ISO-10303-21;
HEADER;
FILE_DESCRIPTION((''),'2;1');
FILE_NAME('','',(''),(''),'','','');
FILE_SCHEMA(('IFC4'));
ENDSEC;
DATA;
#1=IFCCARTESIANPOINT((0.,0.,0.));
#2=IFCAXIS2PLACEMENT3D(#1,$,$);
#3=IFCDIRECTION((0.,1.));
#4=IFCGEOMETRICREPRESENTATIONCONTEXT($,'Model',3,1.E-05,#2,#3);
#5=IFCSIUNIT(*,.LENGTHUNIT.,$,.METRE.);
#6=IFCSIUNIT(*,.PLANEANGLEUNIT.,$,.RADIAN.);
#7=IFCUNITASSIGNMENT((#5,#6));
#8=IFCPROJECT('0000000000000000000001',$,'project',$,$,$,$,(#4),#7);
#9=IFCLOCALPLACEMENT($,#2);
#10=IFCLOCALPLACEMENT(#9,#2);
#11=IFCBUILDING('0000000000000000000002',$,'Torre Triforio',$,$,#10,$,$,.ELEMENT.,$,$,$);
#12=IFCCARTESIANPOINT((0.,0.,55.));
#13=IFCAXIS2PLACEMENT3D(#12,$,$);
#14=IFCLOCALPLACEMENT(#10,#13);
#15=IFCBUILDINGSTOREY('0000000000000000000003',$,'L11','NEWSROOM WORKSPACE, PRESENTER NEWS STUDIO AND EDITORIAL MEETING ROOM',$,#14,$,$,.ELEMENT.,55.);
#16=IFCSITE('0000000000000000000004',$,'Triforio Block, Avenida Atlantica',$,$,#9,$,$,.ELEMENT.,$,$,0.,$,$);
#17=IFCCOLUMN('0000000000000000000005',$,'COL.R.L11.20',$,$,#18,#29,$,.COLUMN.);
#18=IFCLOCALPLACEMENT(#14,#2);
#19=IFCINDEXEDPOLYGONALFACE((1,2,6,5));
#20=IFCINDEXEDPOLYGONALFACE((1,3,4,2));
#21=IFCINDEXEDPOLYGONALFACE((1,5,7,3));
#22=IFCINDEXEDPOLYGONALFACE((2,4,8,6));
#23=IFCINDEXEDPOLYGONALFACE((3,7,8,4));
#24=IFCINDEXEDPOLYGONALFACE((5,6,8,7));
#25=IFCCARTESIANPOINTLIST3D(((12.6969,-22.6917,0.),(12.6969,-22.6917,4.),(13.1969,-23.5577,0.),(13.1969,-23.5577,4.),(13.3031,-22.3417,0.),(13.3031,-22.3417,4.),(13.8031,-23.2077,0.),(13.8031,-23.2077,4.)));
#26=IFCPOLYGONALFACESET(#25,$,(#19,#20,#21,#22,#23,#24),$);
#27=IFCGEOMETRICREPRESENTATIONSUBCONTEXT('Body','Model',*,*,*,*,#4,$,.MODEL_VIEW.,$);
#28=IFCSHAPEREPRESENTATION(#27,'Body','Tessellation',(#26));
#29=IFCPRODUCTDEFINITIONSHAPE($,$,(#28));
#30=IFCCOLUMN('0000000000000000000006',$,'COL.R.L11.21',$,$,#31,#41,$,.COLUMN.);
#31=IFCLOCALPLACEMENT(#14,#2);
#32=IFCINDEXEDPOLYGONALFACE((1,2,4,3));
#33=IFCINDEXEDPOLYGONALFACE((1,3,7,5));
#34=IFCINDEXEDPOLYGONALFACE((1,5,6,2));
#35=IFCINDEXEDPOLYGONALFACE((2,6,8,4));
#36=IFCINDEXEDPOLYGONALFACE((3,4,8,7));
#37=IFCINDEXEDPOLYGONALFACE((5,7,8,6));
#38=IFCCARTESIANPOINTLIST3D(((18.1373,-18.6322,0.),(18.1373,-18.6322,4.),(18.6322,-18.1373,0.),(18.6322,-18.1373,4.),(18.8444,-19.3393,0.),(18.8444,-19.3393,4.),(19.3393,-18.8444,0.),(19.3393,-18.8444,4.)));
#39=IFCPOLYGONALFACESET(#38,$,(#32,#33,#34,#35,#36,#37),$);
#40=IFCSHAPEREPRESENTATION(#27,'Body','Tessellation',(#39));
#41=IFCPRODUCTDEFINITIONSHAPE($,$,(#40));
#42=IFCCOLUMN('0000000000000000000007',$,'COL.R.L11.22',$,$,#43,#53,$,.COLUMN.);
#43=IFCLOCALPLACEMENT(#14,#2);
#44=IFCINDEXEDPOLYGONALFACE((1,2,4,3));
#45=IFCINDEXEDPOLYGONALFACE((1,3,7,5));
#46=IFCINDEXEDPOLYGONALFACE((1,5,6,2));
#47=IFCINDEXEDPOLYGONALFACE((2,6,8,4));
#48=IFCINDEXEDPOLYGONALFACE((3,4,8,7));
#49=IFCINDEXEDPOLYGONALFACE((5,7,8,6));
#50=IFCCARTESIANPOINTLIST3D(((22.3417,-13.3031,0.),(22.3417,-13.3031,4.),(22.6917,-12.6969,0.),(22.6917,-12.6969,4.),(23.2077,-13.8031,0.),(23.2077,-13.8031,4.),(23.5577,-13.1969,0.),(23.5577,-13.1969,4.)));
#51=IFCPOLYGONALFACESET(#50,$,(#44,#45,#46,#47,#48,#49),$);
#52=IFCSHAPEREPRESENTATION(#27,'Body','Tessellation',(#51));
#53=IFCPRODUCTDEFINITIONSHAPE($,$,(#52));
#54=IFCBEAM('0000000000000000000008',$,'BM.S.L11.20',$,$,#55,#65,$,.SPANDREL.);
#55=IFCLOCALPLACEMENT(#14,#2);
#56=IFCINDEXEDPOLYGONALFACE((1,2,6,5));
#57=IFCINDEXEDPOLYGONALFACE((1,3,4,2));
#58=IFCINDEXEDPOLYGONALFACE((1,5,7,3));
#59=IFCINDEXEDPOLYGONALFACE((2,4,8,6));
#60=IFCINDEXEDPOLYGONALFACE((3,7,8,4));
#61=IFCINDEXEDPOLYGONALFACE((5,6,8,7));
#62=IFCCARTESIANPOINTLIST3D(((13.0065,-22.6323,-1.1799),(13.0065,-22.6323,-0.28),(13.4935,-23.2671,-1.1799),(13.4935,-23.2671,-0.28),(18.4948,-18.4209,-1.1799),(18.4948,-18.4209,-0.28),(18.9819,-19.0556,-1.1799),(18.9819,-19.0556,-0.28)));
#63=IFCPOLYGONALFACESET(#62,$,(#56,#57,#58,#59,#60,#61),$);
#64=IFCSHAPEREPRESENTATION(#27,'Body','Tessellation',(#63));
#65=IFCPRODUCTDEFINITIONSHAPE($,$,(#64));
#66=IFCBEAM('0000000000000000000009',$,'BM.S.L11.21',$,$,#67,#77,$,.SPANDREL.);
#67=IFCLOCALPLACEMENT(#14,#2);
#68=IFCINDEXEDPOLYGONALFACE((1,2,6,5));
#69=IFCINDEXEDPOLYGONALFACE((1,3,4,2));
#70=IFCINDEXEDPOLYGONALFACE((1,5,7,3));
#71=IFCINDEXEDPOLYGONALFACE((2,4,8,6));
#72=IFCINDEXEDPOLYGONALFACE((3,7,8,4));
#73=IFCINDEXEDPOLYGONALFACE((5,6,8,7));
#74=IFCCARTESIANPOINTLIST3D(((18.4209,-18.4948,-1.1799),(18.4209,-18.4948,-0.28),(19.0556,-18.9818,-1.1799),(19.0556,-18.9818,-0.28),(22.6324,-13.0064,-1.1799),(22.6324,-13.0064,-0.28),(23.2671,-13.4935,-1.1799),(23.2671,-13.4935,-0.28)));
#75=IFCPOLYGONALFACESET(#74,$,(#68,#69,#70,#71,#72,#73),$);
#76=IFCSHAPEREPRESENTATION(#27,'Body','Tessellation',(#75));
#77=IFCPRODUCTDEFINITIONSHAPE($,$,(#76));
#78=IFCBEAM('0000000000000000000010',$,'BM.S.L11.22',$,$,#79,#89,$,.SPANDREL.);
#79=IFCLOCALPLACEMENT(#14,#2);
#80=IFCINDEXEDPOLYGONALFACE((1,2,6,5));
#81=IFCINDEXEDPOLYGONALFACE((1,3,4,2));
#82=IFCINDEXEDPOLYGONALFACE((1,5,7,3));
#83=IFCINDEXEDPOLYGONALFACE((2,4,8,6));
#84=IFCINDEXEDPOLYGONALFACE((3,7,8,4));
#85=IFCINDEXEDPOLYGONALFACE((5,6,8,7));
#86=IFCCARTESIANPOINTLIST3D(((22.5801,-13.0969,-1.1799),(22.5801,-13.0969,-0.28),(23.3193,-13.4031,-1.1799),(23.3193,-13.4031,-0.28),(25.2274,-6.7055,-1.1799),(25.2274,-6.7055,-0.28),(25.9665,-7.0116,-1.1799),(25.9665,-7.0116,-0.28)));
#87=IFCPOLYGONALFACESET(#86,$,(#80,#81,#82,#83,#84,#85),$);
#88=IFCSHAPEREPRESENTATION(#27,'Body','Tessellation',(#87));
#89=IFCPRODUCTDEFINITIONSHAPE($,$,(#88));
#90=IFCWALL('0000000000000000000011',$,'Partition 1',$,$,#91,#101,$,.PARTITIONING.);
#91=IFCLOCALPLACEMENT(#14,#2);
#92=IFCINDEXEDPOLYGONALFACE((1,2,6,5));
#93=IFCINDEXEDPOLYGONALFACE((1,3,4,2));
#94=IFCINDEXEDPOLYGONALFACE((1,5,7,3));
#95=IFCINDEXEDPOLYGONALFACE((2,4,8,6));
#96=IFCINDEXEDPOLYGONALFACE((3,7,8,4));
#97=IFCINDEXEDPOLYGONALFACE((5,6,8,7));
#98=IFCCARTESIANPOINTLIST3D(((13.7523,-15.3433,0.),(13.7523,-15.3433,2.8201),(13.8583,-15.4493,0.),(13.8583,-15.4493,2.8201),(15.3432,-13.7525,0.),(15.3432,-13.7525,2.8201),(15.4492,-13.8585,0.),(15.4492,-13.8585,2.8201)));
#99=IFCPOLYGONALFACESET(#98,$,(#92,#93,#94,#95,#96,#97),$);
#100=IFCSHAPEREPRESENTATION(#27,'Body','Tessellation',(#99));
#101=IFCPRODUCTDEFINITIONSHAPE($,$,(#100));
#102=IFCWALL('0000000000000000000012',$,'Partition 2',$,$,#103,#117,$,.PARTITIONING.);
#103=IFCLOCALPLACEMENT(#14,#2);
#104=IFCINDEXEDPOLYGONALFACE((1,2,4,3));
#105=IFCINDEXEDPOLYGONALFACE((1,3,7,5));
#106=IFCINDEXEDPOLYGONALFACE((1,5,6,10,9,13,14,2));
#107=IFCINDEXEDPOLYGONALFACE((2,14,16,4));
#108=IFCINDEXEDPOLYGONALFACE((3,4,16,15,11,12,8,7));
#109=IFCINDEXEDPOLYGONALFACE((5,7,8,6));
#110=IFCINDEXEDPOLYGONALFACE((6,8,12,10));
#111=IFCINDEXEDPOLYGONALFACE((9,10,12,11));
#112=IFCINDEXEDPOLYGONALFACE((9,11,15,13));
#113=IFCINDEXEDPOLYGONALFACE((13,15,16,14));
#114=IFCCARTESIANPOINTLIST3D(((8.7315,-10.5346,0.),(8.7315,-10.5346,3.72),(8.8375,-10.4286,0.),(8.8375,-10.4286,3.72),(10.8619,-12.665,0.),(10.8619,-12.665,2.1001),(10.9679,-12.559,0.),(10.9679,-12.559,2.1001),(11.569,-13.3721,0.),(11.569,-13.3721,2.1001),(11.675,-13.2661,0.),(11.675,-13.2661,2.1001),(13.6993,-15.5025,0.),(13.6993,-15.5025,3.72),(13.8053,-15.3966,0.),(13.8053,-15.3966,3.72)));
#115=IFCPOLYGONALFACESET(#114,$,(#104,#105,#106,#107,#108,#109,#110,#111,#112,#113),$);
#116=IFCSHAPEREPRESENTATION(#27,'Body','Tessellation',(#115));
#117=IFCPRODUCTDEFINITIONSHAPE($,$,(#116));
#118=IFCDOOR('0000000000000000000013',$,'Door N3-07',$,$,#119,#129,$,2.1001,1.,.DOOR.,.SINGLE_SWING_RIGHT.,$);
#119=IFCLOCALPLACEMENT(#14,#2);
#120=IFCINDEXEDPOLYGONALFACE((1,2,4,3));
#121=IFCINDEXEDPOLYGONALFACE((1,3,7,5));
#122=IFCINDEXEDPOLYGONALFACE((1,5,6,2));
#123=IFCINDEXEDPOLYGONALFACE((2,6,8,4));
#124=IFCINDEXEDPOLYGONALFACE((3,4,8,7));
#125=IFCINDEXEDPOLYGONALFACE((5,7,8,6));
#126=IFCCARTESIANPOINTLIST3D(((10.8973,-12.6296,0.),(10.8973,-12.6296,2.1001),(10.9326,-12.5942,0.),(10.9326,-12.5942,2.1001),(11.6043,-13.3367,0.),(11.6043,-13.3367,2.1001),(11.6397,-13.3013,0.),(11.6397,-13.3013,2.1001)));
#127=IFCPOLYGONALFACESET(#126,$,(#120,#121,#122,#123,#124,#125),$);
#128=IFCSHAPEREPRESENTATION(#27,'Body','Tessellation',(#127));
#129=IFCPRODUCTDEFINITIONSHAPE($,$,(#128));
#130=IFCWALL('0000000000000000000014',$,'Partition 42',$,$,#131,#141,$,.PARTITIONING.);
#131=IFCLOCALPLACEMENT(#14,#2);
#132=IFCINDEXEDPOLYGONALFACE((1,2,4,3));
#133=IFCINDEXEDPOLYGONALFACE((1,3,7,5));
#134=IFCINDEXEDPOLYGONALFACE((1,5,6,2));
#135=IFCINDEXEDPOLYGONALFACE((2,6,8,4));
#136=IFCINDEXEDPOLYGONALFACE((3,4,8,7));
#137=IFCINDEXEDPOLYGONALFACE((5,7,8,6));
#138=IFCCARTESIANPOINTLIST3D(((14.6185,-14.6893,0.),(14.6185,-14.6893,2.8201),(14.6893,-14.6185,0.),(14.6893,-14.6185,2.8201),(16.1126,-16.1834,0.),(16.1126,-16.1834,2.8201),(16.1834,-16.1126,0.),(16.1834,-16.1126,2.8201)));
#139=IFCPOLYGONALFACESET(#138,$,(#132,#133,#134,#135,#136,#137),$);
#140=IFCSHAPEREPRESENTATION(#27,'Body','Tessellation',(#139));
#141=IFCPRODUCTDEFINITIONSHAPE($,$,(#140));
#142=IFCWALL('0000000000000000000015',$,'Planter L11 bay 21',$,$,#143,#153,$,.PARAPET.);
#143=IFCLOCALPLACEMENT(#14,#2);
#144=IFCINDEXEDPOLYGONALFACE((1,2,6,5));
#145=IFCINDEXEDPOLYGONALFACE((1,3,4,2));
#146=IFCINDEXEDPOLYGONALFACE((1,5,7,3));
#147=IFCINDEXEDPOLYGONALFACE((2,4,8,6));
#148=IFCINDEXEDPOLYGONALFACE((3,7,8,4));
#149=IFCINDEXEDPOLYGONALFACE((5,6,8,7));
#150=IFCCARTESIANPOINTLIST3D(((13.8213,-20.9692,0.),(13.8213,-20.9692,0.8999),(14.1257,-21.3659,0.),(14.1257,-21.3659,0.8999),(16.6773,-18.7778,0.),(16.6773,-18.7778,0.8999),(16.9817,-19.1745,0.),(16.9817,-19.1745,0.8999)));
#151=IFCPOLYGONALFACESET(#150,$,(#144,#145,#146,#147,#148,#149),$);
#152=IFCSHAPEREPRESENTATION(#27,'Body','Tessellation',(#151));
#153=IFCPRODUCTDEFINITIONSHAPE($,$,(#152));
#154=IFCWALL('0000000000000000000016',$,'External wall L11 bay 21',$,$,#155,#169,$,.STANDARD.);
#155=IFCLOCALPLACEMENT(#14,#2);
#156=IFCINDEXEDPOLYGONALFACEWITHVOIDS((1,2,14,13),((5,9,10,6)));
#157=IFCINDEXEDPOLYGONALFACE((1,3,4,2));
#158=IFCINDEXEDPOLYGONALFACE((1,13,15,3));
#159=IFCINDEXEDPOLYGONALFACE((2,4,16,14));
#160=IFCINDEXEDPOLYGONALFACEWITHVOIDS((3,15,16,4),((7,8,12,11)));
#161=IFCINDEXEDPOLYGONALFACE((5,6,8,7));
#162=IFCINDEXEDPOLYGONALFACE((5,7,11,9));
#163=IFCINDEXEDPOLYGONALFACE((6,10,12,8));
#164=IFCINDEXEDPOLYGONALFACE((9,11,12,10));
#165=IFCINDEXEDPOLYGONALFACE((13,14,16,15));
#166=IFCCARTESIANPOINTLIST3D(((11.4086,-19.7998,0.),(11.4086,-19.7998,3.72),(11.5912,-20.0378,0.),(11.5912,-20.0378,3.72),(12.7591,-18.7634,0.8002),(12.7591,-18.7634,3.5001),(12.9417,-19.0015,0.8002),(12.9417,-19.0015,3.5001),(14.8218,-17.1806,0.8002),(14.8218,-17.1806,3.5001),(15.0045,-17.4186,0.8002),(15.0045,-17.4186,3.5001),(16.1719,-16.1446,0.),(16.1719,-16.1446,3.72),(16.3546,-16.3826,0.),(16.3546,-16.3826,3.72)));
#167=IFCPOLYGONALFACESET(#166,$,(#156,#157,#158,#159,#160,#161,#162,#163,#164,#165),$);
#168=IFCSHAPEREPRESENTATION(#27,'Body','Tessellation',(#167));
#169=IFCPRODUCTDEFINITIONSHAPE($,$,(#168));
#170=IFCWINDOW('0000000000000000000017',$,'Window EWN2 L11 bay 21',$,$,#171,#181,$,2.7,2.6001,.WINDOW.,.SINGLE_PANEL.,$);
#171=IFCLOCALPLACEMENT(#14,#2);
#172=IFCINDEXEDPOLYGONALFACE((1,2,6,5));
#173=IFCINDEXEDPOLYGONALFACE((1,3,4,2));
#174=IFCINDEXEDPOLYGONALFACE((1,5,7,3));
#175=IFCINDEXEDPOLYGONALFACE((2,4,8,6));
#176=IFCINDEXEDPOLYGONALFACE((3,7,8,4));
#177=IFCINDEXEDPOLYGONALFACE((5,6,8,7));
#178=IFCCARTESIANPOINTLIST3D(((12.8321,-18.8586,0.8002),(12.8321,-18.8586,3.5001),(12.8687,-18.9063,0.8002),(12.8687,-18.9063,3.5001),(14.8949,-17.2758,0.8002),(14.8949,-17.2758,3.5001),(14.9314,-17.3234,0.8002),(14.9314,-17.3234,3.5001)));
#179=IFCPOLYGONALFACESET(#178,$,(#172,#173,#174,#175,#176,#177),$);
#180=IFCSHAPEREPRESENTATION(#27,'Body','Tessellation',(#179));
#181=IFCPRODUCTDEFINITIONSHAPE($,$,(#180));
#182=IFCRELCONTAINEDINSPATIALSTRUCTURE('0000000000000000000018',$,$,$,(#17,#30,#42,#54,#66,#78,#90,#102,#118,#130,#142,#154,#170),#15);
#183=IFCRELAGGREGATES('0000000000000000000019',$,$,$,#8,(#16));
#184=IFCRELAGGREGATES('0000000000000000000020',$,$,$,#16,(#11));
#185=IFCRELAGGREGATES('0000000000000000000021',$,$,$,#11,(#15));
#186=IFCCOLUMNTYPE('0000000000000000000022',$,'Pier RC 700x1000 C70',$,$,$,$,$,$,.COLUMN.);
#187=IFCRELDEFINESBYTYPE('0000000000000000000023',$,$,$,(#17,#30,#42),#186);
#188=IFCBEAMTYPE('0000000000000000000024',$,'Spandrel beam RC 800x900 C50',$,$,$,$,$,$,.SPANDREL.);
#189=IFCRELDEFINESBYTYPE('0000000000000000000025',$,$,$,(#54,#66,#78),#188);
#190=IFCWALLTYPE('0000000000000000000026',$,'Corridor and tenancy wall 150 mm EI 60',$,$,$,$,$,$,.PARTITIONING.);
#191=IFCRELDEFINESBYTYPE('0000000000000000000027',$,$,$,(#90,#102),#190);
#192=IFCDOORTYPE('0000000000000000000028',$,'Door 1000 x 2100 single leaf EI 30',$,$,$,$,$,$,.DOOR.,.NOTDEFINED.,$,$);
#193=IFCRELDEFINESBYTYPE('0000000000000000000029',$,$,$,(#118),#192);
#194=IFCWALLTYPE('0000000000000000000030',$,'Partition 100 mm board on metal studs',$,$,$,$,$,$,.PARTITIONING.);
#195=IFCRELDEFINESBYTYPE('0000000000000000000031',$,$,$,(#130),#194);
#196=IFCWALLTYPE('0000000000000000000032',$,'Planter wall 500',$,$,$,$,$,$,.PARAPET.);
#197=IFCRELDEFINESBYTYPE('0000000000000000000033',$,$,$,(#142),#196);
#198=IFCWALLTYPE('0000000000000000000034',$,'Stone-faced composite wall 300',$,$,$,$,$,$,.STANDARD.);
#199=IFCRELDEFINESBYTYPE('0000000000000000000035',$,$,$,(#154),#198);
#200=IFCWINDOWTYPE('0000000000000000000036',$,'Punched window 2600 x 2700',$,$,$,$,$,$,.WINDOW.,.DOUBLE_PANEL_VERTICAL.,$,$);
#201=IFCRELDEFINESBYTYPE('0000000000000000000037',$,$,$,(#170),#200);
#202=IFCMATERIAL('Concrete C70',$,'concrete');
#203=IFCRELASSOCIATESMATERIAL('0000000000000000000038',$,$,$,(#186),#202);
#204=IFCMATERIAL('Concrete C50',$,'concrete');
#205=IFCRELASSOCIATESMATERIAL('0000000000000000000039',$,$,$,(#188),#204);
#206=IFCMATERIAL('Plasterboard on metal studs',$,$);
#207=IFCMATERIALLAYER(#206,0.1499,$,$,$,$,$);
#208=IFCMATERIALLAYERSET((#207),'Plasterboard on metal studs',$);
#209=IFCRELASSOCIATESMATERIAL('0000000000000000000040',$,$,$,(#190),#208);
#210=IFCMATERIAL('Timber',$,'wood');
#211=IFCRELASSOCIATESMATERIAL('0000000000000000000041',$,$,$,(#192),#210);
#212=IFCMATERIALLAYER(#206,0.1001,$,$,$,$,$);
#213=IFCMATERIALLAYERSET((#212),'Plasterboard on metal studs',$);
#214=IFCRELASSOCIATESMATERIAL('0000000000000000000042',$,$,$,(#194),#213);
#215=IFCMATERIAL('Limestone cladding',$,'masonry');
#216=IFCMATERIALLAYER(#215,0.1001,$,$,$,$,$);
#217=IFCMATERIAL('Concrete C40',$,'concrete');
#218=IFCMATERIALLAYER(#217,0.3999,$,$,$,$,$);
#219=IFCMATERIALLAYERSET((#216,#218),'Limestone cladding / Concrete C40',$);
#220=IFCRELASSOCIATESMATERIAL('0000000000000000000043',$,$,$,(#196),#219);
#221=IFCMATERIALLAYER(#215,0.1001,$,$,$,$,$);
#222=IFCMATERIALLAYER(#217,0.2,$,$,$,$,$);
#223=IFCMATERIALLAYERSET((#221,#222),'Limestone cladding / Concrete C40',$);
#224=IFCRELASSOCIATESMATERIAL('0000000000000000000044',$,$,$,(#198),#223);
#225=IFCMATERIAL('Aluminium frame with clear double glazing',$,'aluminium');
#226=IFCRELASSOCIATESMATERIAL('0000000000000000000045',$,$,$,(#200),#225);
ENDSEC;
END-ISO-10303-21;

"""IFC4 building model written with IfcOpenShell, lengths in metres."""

from ifc_helpers import new_model, si_unit, direction, frame, frame_2d, origin, origin_2d, place, context, subcontext, project, spatial, rectangle, extrude, material, layer, layer_set, material_profile, profile_set, type_object, element, fill, save


model = new_model("IFC4")

# Units and contexts
model_context = context("Model", 3, precision=1e-05, world=origin(), true_north=direction((0.0, 1.0)))
body_context = subcontext(model_context, "Body", "Model", "MODEL_VIEW")
ifc_project = project(units=[si_unit("LENGTHUNIT", "METRE"), si_unit("PLANEANGLEUNIT", "RADIAN")], contexts=[model_context])

# Site, building, storey
site_placement = place(None, origin())
site = spatial("IfcSite", under=ifc_project, at=site_placement, Name="Triforio Block, Avenida Atlantica", CompositionType="ELEMENT", RefElevation=0.0)
building_placement = place(site_placement, origin())
building = spatial("IfcBuilding", under=site, at=building_placement, Name="Torre Triforio", CompositionType="ELEMENT")
storey_placement = place(building_placement, frame((0.0, 0.0, 55.0)))
storey = spatial("IfcBuildingStorey", under=building, at=storey_placement, Name="L11", Description="NEWSROOM WORKSPACE, PRESENTER NEWS STUDIO AND EDITORIAL MEETING ROOM", CompositionType="ELEMENT", Elevation=55.0)

# Columns
ifc_material_1 = material(Name="Concrete C70", Category="concrete")
ifc_material_profile_1 = material_profile(ifc_material_1, rectangle(XDim=0.7, YDim=1.0, at=origin_2d()), Name="RC 700x1000")
ifc_profile_set_1 = profile_set([ifc_material_profile_1], Name="Concrete C70")
column_type = type_object("IfcColumnType", Name="Pier RC 700x1000 C70", PredefinedType="COLUMN", material=ifc_profile_set_1)
for number, where, z_axis, x_axis, name in (
    (1, (13.25, -22.9497, 0.0), (0.0, 0.0, 1.0), (0.866025, 0.5, 0.0), "COL.R.L11.20"),
    (2, (18.7383, -18.7383, 0.0), (0.0, 0.0, 1.0), (0.707107, 0.707107, 0.0), "COL.R.L11.21"),
    (3, (22.9497, -13.25, 0.0), (0.0, 0.0, 1.0), (0.5, 0.866025, 0.0), "COL.R.L11.22"),
):
    element("IfcColumn", number, at=place(storey_placement, frame(where, z_axis=z_axis, x_axis=x_axis)), inside=storey, type_object=column_type, Name=name, PredefinedType="COLUMN", context=body_context, shape_type="SweptSolid", body=[
        extrude(rectangle(XDim=0.7, YDim=1.0, at=origin_2d()), origin(), (0.0, 0.0, 1.0), 4.0),
    ])

# Beams
ifc_material_2 = material(Name="Concrete C50", Category="concrete")
ifc_material_profile_2 = material_profile(ifc_material_2, rectangle(XDim=0.8, YDim=0.8999, at=origin_2d()), Name="RC 800x900")
ifc_profile_set_2 = profile_set([ifc_material_profile_2], Name="Concrete C50")
beam_type = type_object("IfcBeamType", Name="Spandrel beam RC 800x900 C50", PredefinedType="SPANDREL", material=ifc_profile_set_2)
for number, where, z_axis, x_axis, name in (
    (4, (13.25, -22.9497, -0.73), (0.793345, 0.608772, 0.0), (-0.608772, 0.793345, 0.0), "BM.S.L11.20"),
    (5, (18.7383, -18.7383, -0.73), (0.608772, 0.793345, 0.0), (-0.793345, 0.608772, 0.0), "BM.S.L11.21"),
    (6, (22.9497, -13.25, -0.73), (0.382662, 0.923888, 0.0), (-0.923888, 0.382662, 0.0), "BM.S.L11.22"),
):
    element("IfcBeam", number, at=place(storey_placement, frame(where, z_axis=z_axis, x_axis=x_axis)), inside=storey, type_object=beam_type, Name=name, PredefinedType="SPANDREL", context=body_context, shape_type="SweptSolid", body=[
        extrude(rectangle(XDim=0.8, YDim=0.8999, at=origin_2d()), origin(), (0.0, 0.0, 1.0), 6.918),
    ])

# Wall
ifc_material_3 = material(Name="Plasterboard on metal studs")
ifc_layer_1 = layer(ifc_material_3, 0.1499)
ifc_layer_set_1 = layer_set([ifc_layer_1], Name="Plasterboard on metal studs")
wall_type_1 = type_object("IfcWallType", Name="Corridor and tenancy wall 150 mm EI 60", PredefinedType="PARTITIONING", material=ifc_layer_set_1)
wall_1_placement = place(storey_placement, frame((15.3962, -13.8054, 0.0), z_axis=(0.0, 0.0, 1.0), x_axis=(-0.707107, -0.707107, 0.0)))
element("IfcWall", 7, at=wall_1_placement, inside=storey, type_object=wall_type_1, Name="Partition 1", PredefinedType="PARTITIONING", context=body_context, shape_type="SweptSolid", body=[
    extrude(rectangle(XDim=2.2498, YDim=0.1499, at=frame_2d((1.125, 0.0))), origin(), (0.0, 0.0, 1.0), 2.8201),
])

# Wall, opening, door
wall_2_placement = place(storey_placement, frame((13.7522, -15.4495, 0.0), z_axis=(0.0, 0.0, 1.0), x_axis=(-0.707089, 0.707124, 0.0)))
wall_2 = element("IfcWall", 8, at=wall_2_placement, inside=storey, type_object=wall_type_1, Name="Partition 2", PredefinedType="PARTITIONING", context=body_context, shape_type="SweptSolid", body=[
    extrude(rectangle(XDim=7.0256, YDim=0.1499, at=frame_2d((3.5127, 0.0))), origin(), (0.0, 0.0, 1.0), 3.72),
])
opening_1_placement = place(wall_2_placement, frame((3.0127, 0.0, 0.0)))
opening_1 = element("IfcOpeningElement", 9, at=opening_1_placement, cuts=wall_2, PredefinedType="OPENING", context=body_context, shape_type="SweptSolid", body=[
    extrude(rectangle(XDim=1.0, YDim=2.1001, at=frame_2d((0.5, 1.05))), frame((0.0, 0.085, 0.0), z_axis=(0.0, -1.0, 0.0), x_axis=(1.0, 0.0, 0.0)), (0.0, 0.0, 1.0), 0.1699),
])
ifc_material_4 = material(Name="Timber", Category="wood")
door_type_1 = type_object("IfcDoorType", Name="Door 1000 x 2100 single leaf EI 30", OperationType="NOTDEFINED", PredefinedType="DOOR", material=ifc_material_4)
door_1_placement = place(opening_1_placement, origin())
door_1 = element("IfcDoor", 10, at=door_1_placement, inside=storey, type_object=door_type_1, Name="Door N3-07", OperationType="SINGLE_SWING_RIGHT", OverallHeight=2.1001, OverallWidth=1.0, PredefinedType="DOOR", context=body_context, shape_type="SweptSolid", body=[
    extrude(rectangle(XDim=1.0, YDim=2.1001, at=frame_2d((0.5, 1.05))), frame((0.0, 0.0249, 0.0), z_axis=(0.0, -1.0, 0.0), x_axis=(1.0, 0.0, 0.0)), (0.0, 0.0, 1.0), 0.05),
])
fill(opening_1, door_1)

# Walls
ifc_layer_2 = layer(ifc_material_3, 0.1001)
ifc_layer_set_2 = layer_set([ifc_layer_2], Name="Plasterboard on metal studs")
wall_type_2 = type_object("IfcWallType", Name="Partition 100 mm board on metal studs", PredefinedType="PARTITIONING", material=ifc_layer_set_2)
wall_3_placement = place(storey_placement, frame((14.6538, -14.6538, 0.0), z_axis=(0.0, 0.0, 1.0), x_axis=(0.707107, -0.707107, 0.0)))
element("IfcWall", 11, at=wall_3_placement, inside=storey, type_object=wall_type_2, Name="Partition 42", PredefinedType="PARTITIONING", context=body_context, shape_type="SweptSolid", body=[
    extrude(rectangle(XDim=2.113, YDim=0.1001, at=frame_2d((1.0566, 0.0))), origin(), (0.0, 0.0, 1.0), 2.8201),
])
ifc_material_5 = material(Name="Limestone cladding", Category="masonry")
ifc_layer_3 = layer(ifc_material_5, 0.1001)
ifc_material_6 = material(Name="Concrete C40", Category="concrete")
ifc_layer_4 = layer(ifc_material_6, 0.3999)
ifc_layer_set_3 = layer_set([ifc_layer_3, ifc_layer_4], Name="Limestone cladding / Concrete C40")
wall_type_3 = type_object("IfcWallType", Name="Planter wall 500", PredefinedType="PARAPET", material=ifc_layer_set_3)
wall_4_placement = place(storey_placement, frame((13.9736, -21.1675, 0.0), z_axis=(0.0, 0.0, 1.0), x_axis=(0.79336, 0.608753, 0.0)))
element("IfcWall", 12, at=wall_4_placement, inside=storey, type_object=wall_type_3, Name="Planter L11 bay 21", PredefinedType="PARAPET", context=body_context, shape_type="SweptSolid", body=[
    extrude(rectangle(XDim=3.5999, YDim=0.5, at=frame_2d((1.7998, 0.0))), origin(), (0.0, 0.0, 1.0), 0.8999),
])

# Wall, opening, window
ifc_layer_5 = layer(ifc_material_5, 0.1001)
ifc_layer_6 = layer(ifc_material_6, 0.2)
ifc_layer_set_4 = layer_set([ifc_layer_5, ifc_layer_6], Name="Limestone cladding / Concrete C40")
wall_type_4 = type_object("IfcWallType", Name="Stone-faced composite wall 300", PredefinedType="STANDARD", material=ifc_layer_set_4)
wall_5_placement = place(storey_placement, frame((11.5, -19.9187, 0.0), z_axis=(0.0, 0.0, 1.0), x_axis=(0.79334, 0.608779, 0.0)))
wall_5 = element("IfcWall", 13, at=wall_5_placement, inside=storey, type_object=wall_type_4, Name="External wall L11 bay 21", PredefinedType="STANDARD", context=body_context, shape_type="SweptSolid", body=[
    extrude(rectangle(XDim=6.0042, YDim=0.3, at=frame_2d((3.002, 0.0))), origin(), (0.0, 0.0, 1.0), 3.72),
])
opening_2_placement = place(wall_5_placement, frame((1.7021, 0.0, 0.8)))
opening_2 = element("IfcOpeningElement", 14, at=opening_2_placement, cuts=wall_5, PredefinedType="OPENING", context=body_context, shape_type="SweptSolid", body=[
    extrude(rectangle(XDim=2.6001, YDim=2.7, at=frame_2d((1.3, 1.3501))), frame((0.0, 0.1599, 0.0), z_axis=(0.0, -1.0, 0.0), x_axis=(1.0, 0.0, 0.0)), (0.0, 0.0, 1.0), 0.3201),
])
ifc_material_7 = material(Name="Aluminium frame with clear double glazing", Category="aluminium")
window_type_1 = type_object("IfcWindowType", Name="Punched window 2600 x 2700", PartitioningType="DOUBLE_PANEL_VERTICAL", PredefinedType="WINDOW", material=ifc_material_7)
window_1_placement = place(opening_2_placement, origin())
window_1 = element("IfcWindow", 15, at=window_1_placement, inside=storey, type_object=window_type_1, Name="Window EWN2 L11 bay 21", OverallHeight=2.7, OverallWidth=2.6001, PartitioningType="SINGLE_PANEL", PredefinedType="WINDOW", context=body_context, shape_type="SweptSolid", body=[
    extrude(rectangle(XDim=2.6001, YDim=2.7, at=frame_2d((1.3, 1.3501))), frame((0.0, 0.03, 0.0), z_axis=(0.0, -1.0, 0.0), x_axis=(1.0, 0.0, 0.0)), (0.0, 0.0, 1.0), 0.0601),
])
fill(opening_2, window_1)

save(model, "model.ifc")
